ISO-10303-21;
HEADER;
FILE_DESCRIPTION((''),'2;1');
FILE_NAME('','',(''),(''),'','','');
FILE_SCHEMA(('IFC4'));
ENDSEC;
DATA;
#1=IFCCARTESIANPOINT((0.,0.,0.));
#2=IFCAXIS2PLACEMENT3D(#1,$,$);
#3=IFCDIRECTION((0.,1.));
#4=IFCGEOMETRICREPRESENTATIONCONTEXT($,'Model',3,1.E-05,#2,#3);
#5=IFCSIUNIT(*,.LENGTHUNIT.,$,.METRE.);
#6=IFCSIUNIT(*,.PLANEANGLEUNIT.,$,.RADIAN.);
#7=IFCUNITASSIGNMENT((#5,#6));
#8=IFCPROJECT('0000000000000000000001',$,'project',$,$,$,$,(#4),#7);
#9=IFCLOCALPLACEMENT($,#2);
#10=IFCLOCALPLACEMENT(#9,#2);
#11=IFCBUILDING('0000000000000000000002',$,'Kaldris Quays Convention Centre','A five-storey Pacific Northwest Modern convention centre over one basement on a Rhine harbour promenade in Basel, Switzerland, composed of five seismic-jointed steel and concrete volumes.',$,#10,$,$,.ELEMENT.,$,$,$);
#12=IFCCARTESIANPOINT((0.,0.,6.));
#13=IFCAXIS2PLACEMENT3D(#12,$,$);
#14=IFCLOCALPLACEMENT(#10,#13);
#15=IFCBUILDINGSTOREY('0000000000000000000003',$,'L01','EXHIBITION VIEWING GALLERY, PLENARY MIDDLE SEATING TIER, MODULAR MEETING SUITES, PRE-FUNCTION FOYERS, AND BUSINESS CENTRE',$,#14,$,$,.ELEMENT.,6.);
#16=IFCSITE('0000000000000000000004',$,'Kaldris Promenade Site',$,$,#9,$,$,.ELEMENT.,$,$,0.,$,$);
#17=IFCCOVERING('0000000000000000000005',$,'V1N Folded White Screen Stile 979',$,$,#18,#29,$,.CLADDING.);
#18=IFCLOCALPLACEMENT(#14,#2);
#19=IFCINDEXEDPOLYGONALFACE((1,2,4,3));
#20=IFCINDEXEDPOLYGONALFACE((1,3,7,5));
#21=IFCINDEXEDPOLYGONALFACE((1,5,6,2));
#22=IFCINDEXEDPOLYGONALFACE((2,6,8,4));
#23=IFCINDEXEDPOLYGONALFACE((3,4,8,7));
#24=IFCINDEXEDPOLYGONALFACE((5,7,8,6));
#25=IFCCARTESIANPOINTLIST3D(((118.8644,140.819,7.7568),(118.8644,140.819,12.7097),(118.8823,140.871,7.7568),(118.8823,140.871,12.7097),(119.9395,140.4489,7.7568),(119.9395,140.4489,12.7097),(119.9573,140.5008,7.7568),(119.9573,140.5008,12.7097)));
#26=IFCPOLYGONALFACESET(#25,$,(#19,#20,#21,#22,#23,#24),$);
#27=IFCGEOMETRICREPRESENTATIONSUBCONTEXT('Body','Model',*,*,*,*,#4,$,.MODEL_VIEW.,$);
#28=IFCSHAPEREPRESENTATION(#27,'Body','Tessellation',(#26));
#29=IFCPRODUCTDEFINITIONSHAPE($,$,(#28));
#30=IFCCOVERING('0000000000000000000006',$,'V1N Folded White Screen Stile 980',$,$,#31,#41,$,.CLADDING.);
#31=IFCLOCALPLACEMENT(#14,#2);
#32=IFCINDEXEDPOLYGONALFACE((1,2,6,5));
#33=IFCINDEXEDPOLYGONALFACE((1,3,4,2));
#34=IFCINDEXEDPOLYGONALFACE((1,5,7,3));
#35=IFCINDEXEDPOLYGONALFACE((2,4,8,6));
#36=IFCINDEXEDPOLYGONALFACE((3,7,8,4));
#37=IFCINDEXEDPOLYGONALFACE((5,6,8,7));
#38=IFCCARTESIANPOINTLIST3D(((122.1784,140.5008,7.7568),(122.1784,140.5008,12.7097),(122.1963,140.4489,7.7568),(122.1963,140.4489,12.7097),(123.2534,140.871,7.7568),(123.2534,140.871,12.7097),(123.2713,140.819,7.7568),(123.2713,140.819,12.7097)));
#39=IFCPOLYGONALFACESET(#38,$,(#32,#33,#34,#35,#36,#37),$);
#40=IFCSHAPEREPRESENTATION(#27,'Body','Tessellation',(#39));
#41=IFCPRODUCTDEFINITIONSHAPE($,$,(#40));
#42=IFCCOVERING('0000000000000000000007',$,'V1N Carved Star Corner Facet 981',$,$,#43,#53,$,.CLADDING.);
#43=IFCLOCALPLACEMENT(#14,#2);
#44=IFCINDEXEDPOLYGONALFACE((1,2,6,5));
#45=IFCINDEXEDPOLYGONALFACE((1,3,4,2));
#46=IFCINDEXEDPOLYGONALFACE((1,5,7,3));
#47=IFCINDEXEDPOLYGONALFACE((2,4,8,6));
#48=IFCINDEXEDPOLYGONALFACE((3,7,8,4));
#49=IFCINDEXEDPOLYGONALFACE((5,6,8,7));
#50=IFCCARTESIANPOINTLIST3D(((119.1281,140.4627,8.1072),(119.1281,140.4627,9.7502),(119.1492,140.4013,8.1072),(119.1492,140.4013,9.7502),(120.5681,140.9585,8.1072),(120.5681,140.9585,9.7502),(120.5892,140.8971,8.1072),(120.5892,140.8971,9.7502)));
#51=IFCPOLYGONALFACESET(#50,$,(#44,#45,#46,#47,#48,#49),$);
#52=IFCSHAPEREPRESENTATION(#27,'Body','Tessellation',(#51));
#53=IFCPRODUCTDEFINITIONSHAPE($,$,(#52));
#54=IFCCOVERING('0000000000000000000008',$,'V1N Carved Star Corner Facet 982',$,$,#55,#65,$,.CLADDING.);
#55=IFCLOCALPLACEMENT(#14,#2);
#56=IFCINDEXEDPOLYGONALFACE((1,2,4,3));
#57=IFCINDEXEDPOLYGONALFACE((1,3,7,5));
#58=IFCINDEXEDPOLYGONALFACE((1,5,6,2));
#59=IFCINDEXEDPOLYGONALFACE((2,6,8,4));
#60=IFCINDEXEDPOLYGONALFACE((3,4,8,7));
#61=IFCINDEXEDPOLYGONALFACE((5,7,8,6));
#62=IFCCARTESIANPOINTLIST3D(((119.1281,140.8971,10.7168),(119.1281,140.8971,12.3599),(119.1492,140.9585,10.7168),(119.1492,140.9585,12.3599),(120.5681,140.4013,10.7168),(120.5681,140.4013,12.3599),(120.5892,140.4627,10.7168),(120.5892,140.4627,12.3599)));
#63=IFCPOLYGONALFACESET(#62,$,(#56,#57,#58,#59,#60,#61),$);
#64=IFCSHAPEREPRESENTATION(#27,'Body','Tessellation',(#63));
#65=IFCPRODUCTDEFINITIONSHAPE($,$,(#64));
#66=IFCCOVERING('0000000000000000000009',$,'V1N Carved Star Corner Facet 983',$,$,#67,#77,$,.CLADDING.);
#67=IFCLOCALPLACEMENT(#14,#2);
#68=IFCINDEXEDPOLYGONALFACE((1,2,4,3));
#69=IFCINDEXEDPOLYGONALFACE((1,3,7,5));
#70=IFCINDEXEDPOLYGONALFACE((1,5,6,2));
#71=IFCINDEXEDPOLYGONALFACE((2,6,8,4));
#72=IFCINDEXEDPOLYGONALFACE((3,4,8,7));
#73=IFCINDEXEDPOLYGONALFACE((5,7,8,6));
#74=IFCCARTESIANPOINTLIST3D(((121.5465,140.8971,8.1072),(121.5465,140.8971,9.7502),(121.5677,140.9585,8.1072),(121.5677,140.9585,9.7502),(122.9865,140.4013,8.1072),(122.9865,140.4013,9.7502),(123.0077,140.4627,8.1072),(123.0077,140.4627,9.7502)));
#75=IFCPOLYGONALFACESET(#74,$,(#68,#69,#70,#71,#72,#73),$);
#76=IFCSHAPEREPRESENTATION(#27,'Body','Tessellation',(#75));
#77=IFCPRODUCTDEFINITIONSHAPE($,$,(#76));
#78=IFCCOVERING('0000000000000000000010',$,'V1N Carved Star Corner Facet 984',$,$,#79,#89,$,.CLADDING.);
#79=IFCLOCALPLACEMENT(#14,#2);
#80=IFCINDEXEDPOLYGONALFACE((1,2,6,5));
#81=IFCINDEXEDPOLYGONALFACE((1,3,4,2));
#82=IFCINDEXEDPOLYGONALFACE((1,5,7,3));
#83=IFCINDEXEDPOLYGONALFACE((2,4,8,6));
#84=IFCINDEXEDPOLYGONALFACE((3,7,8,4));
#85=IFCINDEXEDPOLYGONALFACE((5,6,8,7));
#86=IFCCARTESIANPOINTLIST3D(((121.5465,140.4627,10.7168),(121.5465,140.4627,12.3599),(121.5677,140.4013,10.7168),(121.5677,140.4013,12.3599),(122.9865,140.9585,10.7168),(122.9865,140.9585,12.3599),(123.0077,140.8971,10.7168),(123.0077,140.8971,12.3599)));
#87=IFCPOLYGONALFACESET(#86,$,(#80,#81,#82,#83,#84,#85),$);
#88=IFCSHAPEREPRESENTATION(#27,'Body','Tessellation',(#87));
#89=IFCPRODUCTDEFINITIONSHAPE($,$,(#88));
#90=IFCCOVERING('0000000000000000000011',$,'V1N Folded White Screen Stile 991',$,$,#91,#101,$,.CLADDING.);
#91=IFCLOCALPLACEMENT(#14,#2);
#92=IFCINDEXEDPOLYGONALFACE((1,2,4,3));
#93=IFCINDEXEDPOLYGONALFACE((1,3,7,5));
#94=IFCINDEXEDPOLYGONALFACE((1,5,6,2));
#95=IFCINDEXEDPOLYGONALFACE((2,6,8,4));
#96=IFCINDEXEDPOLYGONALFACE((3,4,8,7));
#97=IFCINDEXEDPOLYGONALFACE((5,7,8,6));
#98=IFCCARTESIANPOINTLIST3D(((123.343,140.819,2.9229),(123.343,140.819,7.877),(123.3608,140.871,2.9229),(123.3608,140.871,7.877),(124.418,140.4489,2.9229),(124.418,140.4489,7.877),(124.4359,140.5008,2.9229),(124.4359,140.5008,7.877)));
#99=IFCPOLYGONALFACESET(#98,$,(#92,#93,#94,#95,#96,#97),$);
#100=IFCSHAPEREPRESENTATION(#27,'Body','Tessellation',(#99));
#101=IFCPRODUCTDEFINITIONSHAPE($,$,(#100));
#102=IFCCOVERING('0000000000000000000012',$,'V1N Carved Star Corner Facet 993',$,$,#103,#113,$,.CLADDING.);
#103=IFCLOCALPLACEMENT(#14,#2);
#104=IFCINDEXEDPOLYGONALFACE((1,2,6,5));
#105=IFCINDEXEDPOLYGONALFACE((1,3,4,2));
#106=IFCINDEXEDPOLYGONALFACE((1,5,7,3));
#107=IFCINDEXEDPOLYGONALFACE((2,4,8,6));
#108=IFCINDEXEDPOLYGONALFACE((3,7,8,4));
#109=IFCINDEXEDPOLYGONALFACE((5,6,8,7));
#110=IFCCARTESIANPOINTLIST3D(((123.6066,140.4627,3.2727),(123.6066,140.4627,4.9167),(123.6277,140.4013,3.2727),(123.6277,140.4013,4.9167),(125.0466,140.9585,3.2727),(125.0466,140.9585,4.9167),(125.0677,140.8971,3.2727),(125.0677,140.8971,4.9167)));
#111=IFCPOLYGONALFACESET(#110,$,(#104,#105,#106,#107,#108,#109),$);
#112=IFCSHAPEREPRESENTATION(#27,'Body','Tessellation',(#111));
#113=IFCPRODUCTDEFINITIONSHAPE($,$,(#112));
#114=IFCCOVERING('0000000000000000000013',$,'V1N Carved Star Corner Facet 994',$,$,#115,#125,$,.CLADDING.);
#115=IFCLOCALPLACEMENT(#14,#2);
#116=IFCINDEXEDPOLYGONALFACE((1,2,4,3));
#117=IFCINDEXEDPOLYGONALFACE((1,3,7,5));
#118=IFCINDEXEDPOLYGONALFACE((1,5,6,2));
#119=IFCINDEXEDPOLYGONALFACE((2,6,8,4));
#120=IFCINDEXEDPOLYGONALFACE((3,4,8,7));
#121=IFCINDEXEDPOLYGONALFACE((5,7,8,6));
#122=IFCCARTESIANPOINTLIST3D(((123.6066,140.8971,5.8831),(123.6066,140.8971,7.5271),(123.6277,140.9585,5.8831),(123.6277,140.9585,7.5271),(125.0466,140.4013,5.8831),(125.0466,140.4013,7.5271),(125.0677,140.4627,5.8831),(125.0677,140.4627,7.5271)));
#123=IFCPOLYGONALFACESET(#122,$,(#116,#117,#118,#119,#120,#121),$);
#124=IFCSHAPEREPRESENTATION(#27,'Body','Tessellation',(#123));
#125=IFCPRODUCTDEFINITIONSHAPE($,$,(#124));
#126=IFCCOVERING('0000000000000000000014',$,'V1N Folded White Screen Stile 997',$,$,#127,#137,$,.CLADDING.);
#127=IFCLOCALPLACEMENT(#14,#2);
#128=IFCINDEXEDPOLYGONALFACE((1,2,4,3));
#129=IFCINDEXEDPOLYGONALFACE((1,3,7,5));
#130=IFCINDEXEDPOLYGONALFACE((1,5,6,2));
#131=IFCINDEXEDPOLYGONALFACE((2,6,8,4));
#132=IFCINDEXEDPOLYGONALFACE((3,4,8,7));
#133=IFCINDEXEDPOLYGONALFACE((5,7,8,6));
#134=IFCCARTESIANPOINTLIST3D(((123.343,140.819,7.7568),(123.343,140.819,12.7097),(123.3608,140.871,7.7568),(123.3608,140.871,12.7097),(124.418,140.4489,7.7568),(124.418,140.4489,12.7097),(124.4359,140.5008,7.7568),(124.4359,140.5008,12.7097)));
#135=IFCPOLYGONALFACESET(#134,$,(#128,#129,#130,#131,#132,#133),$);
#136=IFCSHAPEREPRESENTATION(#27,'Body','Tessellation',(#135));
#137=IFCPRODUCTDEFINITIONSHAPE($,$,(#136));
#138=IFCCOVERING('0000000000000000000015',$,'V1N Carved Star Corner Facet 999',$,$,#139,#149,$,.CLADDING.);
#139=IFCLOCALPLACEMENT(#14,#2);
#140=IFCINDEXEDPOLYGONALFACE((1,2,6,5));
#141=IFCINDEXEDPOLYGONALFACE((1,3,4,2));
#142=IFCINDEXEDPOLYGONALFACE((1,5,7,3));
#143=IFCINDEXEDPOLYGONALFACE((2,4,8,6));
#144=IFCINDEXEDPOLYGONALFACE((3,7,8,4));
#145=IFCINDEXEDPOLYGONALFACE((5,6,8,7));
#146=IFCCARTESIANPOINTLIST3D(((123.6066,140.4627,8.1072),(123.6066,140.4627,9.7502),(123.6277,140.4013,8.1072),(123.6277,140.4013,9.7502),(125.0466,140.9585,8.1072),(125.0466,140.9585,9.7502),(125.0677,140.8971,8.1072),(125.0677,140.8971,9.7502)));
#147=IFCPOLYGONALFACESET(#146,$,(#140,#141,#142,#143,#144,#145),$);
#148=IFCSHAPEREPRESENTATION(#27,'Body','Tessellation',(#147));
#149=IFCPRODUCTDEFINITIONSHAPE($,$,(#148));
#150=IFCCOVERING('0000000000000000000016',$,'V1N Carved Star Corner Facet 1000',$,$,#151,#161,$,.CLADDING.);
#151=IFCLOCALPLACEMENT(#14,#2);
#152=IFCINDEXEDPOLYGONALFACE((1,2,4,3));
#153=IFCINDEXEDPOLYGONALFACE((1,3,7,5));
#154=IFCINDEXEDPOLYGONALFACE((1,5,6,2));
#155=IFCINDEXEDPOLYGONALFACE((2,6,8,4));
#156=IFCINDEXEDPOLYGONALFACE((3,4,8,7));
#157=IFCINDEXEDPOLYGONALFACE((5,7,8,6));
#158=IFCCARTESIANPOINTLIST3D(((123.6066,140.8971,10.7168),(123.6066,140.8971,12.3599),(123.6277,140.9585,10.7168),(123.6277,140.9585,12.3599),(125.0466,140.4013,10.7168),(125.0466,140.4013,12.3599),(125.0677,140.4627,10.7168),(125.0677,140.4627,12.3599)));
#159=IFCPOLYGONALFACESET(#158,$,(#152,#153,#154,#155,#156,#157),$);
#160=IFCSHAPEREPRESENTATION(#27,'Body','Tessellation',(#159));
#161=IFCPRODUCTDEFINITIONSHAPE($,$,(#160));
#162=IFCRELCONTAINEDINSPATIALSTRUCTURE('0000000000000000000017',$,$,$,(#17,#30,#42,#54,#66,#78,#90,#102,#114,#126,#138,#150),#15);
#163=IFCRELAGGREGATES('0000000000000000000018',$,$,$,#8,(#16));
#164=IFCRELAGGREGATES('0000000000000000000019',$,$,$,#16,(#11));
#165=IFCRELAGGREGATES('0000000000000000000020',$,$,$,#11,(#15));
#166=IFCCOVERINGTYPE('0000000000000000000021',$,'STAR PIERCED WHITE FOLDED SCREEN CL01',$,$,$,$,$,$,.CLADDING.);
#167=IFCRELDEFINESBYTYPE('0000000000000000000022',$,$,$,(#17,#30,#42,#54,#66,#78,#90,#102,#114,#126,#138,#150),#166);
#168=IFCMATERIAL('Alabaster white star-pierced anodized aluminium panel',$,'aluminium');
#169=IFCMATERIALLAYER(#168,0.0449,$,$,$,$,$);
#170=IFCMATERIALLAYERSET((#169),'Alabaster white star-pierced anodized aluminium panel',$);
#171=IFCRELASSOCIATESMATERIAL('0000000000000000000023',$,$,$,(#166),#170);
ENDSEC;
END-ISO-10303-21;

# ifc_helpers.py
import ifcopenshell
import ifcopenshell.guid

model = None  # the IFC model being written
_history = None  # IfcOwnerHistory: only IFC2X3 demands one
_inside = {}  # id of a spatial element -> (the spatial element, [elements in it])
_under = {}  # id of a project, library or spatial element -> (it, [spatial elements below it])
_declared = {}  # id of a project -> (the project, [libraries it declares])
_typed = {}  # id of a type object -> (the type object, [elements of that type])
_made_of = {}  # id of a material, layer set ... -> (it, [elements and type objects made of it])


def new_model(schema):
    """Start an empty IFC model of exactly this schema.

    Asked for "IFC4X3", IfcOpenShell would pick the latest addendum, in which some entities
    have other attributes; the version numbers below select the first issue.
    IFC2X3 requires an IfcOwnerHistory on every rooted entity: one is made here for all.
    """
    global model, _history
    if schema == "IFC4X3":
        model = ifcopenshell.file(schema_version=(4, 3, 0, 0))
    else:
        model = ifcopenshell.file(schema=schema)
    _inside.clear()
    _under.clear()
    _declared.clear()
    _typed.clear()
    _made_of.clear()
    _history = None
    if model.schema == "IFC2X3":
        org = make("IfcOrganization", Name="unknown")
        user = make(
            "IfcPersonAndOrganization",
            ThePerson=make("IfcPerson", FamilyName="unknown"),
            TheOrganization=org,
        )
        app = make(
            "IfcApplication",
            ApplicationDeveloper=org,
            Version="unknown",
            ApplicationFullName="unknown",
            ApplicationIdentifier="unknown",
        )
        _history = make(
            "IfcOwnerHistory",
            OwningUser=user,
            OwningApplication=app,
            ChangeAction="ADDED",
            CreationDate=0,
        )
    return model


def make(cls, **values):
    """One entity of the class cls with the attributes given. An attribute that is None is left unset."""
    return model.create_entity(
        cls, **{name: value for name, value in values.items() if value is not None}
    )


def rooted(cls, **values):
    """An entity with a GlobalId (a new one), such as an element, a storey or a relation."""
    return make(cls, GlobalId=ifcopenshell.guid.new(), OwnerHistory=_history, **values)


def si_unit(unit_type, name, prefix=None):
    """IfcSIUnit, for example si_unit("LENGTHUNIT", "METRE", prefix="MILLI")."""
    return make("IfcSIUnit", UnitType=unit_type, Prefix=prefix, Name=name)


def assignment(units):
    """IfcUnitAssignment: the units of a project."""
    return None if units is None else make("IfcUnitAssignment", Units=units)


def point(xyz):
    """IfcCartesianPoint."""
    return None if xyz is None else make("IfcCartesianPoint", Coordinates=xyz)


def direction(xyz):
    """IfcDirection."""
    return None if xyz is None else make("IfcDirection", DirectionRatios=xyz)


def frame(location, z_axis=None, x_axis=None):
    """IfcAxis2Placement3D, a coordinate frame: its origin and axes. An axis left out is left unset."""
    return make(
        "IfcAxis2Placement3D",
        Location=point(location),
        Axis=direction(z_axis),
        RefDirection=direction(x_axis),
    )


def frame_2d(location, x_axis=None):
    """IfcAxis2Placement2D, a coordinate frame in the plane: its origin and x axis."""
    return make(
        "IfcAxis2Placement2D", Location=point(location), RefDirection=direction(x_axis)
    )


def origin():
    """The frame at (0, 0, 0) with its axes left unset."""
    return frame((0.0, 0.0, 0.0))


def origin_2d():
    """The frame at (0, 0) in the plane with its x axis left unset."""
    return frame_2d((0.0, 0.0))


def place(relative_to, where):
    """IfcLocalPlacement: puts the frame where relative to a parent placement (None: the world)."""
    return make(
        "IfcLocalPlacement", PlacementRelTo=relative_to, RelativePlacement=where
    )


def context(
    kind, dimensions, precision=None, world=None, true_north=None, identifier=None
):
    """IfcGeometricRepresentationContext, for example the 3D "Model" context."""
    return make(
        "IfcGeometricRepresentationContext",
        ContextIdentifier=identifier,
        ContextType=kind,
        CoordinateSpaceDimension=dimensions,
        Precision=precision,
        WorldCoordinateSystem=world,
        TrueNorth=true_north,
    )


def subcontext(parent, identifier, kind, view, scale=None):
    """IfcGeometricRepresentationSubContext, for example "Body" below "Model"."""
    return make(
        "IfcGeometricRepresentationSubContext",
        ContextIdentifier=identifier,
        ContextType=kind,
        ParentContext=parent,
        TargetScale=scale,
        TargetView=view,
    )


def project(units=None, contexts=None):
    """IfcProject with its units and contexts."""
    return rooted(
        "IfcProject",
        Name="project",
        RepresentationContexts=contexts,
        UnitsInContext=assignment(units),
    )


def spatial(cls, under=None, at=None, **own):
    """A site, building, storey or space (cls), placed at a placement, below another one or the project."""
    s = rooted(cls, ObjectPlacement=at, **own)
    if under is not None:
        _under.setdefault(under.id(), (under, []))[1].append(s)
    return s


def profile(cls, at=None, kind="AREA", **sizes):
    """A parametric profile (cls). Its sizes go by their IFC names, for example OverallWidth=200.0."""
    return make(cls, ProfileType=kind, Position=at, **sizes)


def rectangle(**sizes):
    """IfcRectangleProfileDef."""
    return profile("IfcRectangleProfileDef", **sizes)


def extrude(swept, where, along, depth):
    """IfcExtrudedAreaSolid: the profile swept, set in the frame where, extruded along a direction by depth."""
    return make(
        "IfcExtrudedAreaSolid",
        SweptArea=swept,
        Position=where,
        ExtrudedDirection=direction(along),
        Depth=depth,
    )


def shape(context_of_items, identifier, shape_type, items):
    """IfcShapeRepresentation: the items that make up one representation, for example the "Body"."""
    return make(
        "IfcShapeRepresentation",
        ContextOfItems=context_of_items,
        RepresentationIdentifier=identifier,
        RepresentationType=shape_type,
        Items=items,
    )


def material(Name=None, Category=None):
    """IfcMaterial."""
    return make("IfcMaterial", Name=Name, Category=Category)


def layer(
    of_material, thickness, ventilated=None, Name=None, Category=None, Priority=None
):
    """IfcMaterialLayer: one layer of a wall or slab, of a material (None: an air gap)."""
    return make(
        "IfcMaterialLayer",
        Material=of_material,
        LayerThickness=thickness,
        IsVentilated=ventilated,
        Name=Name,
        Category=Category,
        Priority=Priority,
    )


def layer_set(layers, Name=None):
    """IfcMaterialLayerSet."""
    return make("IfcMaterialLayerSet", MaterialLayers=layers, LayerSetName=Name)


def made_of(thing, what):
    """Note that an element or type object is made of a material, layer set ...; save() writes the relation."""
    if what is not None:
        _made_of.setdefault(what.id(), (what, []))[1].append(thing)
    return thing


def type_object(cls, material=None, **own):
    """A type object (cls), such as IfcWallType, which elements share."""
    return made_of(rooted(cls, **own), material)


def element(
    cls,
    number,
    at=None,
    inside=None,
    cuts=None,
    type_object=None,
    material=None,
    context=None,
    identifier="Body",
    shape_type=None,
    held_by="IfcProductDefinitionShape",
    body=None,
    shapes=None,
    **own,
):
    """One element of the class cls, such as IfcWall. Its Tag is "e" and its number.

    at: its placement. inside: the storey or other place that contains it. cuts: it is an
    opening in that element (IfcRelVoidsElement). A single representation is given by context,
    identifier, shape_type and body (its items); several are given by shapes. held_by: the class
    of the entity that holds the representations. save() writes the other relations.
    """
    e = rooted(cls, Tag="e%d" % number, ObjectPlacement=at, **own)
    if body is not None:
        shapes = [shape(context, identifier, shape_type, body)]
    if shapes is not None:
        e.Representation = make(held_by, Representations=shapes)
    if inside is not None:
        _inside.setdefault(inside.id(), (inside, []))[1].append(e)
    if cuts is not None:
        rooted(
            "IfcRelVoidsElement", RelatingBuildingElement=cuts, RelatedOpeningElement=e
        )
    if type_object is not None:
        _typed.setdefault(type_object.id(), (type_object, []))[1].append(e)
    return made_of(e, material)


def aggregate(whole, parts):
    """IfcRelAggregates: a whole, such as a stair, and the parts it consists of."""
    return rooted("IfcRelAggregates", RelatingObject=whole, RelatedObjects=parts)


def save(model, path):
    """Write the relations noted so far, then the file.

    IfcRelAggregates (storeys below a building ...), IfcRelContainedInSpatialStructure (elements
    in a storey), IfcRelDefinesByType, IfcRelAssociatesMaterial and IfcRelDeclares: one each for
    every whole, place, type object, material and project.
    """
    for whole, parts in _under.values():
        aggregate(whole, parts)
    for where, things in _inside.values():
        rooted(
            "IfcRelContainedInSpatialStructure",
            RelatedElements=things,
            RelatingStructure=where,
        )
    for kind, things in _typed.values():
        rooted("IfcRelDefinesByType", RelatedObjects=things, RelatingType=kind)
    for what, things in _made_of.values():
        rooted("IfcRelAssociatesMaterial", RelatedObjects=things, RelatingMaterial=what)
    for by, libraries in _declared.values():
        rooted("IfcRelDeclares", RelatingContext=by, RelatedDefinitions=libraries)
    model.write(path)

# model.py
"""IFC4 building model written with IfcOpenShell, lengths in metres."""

from ifc_helpers import new_model, si_unit, direction, frame, origin, origin_2d, place, context, subcontext, project, spatial, rectangle, extrude, material, layer, layer_set, type_object, element, save


model = new_model("IFC4")

# Units and contexts
model_context = context("Model", 3, precision=1e-05, world=origin(), true_north=direction((0.0, 1.0)))
body_context = subcontext(model_context, "Body", "Model", "MODEL_VIEW")
ifc_project = project(units=[si_unit("LENGTHUNIT", "METRE"), si_unit("PLANEANGLEUNIT", "RADIAN")], contexts=[model_context])

# Site, building, storey
site_placement = place(None, origin())
site = spatial("IfcSite", under=ifc_project, at=site_placement, Name="Kaldris Promenade Site", CompositionType="ELEMENT", RefElevation=0.0)
building_placement = place(site_placement, origin())
building = spatial("IfcBuilding", under=site, at=building_placement, Name="Kaldris Quays Convention Centre", Description="A five-storey Pacific Northwest Modern convention centre over one basement on a Rhine harbour promenade in Basel, Switzerland, composed of five seismic-jointed steel and concrete volumes.", CompositionType="ELEMENT")
storey_placement = place(building_placement, frame((0.0, 0.0, 6.0)))
storey = spatial("IfcBuildingStorey", under=building, at=storey_placement, Name="L01", Description="EXHIBITION VIEWING GALLERY, PLENARY MIDDLE SEATING TIER, MODULAR MEETING SUITES, PRE-FUNCTION FOYERS, AND BUSINESS CENTRE", CompositionType="ELEMENT", Elevation=6.0)

# Coverings
ifc_material_1 = material(Name="Alabaster white star-pierced anodized aluminium panel", Category="aluminium")
ifc_layer = layer(ifc_material_1, 0.0449)
ifc_layer_set = layer_set([ifc_layer], Name="Alabaster white star-pierced anodized aluminium panel")
covering_type = type_object("IfcCoveringType", Name="STAR PIERCED WHITE FOLDED SCREEN CL01", PredefinedType="CLADDING", material=ifc_layer_set)
for number, where, z_axis, x_axis, name in (
    (1, (119.4109, 140.6599, 7.7568), (0.0, 0.0, 1.0), (0.945519, -0.325568, 0.0), "V1N Folded White Screen Stile 979"),
    (2, (122.7249, 140.6599, 7.7568), (0.0, 0.0, 1.0), (0.945519, 0.325568, 0.0), "V1N Folded White Screen Stile 980"),
):
    element("IfcCovering", number, at=place(storey_placement, frame(where, z_axis=z_axis, x_axis=x_axis)), inside=storey, type_object=covering_type, Name=name, PredefinedType="CLADDING", context=body_context, shape_type="SweptSolid", body=[
        extrude(rectangle(XDim=1.137, YDim=0.0549, at=origin_2d()), origin(), (0.0, 0.0, 1.0), 4.9529),
    ])
for number, where, z_axis, x_axis, name in (
    (3, (119.8586, 140.6799, 8.1072), (0.0, 0.0, 1.0), (0.945519, 0.325568, 0.0), "V1N Carved Star Corner Facet 981"),
    (4, (119.8586, 140.6799, 10.7168), (0.0, 0.0, 1.0), (0.945519, -0.325568, 0.0), "V1N Carved Star Corner Facet 982"),
    (5, (122.2771, 140.6799, 8.1072), (0.0, 0.0, 1.0), (0.945519, -0.325568, 0.0), "V1N Carved Star Corner Facet 983"),
    (6, (122.2771, 140.6799, 10.7168), (0.0, 0.0, 1.0), (0.945519, 0.325568, 0.0), "V1N Carved Star Corner Facet 984"),
):
    element("IfcCovering", number, at=place(storey_placement, frame(where, z_axis=z_axis, x_axis=x_axis)), inside=storey, type_object=covering_type, Name=name, PredefinedType="CLADDING", context=body_context, shape_type="SweptSolid", body=[
        extrude(rectangle(XDim=1.5229, YDim=0.0649, at=origin_2d()), origin(), (0.0, 0.0, 1.0), 1.6431),
    ])
covering_1_placement = place(storey_placement, frame((123.8894, 140.6599, 2.9229), z_axis=(0.0, 0.0, 1.0), x_axis=(0.945519, -0.325568, 0.0)))
element("IfcCovering", 7, at=covering_1_placement, inside=storey, type_object=covering_type, Name="V1N Folded White Screen Stile 991", PredefinedType="CLADDING", context=body_context, shape_type="SweptSolid", body=[
    extrude(rectangle(XDim=1.137, YDim=0.0549, at=origin_2d()), origin(), (0.0, 0.0, 1.0), 4.9541),
])
for number, where, z_axis, x_axis, name in (
    (8, (124.3372, 140.6799, 3.2727), (0.0, 0.0, 1.0), (0.945519, 0.325568, 0.0), "V1N Carved Star Corner Facet 993"),
    (9, (124.3372, 140.6799, 5.8831), (0.0, 0.0, 1.0), (0.945519, -0.325568, 0.0), "V1N Carved Star Corner Facet 994"),
):
    element("IfcCovering", number, at=place(storey_placement, frame(where, z_axis=z_axis, x_axis=x_axis)), inside=storey, type_object=covering_type, Name=name, PredefinedType="CLADDING", context=body_context, shape_type="SweptSolid", body=[
        extrude(rectangle(XDim=1.5229, YDim=0.0649, at=origin_2d()), origin(), (0.0, 0.0, 1.0), 1.644),
    ])
covering_2_placement = place(storey_placement, frame((123.8894, 140.6599, 7.7568), z_axis=(0.0, 0.0, 1.0), x_axis=(0.945519, -0.325568, 0.0)))
element("IfcCovering", 10, at=covering_2_placement, inside=storey, type_object=covering_type, Name="V1N Folded White Screen Stile 997", PredefinedType="CLADDING", context=body_context, shape_type="SweptSolid", body=[
    extrude(rectangle(XDim=1.137, YDim=0.0549, at=origin_2d()), origin(), (0.0, 0.0, 1.0), 4.9529),
])
for number, where, z_axis, x_axis, name in (
    (11, (124.3372, 140.6799, 8.1072), (0.0, 0.0, 1.0), (0.945519, 0.325568, 0.0), "V1N Carved Star Corner Facet 999"),
    (12, (124.3372, 140.6799, 10.7168), (0.0, 0.0, 1.0), (0.945519, -0.325568, 0.0), "V1N Carved Star Corner Facet 1000"),
):
    element("IfcCovering", number, at=place(storey_placement, frame(where, z_axis=z_axis, x_axis=x_axis)), inside=storey, type_object=covering_type, Name=name, PredefinedType="CLADDING", context=body_context, shape_type="SweptSolid", body=[
        extrude(rectangle(XDim=1.5229, YDim=0.0649, at=origin_2d()), origin(), (0.0, 0.0, 1.0), 1.6431),
    ])

save(model, "model.ifc")
